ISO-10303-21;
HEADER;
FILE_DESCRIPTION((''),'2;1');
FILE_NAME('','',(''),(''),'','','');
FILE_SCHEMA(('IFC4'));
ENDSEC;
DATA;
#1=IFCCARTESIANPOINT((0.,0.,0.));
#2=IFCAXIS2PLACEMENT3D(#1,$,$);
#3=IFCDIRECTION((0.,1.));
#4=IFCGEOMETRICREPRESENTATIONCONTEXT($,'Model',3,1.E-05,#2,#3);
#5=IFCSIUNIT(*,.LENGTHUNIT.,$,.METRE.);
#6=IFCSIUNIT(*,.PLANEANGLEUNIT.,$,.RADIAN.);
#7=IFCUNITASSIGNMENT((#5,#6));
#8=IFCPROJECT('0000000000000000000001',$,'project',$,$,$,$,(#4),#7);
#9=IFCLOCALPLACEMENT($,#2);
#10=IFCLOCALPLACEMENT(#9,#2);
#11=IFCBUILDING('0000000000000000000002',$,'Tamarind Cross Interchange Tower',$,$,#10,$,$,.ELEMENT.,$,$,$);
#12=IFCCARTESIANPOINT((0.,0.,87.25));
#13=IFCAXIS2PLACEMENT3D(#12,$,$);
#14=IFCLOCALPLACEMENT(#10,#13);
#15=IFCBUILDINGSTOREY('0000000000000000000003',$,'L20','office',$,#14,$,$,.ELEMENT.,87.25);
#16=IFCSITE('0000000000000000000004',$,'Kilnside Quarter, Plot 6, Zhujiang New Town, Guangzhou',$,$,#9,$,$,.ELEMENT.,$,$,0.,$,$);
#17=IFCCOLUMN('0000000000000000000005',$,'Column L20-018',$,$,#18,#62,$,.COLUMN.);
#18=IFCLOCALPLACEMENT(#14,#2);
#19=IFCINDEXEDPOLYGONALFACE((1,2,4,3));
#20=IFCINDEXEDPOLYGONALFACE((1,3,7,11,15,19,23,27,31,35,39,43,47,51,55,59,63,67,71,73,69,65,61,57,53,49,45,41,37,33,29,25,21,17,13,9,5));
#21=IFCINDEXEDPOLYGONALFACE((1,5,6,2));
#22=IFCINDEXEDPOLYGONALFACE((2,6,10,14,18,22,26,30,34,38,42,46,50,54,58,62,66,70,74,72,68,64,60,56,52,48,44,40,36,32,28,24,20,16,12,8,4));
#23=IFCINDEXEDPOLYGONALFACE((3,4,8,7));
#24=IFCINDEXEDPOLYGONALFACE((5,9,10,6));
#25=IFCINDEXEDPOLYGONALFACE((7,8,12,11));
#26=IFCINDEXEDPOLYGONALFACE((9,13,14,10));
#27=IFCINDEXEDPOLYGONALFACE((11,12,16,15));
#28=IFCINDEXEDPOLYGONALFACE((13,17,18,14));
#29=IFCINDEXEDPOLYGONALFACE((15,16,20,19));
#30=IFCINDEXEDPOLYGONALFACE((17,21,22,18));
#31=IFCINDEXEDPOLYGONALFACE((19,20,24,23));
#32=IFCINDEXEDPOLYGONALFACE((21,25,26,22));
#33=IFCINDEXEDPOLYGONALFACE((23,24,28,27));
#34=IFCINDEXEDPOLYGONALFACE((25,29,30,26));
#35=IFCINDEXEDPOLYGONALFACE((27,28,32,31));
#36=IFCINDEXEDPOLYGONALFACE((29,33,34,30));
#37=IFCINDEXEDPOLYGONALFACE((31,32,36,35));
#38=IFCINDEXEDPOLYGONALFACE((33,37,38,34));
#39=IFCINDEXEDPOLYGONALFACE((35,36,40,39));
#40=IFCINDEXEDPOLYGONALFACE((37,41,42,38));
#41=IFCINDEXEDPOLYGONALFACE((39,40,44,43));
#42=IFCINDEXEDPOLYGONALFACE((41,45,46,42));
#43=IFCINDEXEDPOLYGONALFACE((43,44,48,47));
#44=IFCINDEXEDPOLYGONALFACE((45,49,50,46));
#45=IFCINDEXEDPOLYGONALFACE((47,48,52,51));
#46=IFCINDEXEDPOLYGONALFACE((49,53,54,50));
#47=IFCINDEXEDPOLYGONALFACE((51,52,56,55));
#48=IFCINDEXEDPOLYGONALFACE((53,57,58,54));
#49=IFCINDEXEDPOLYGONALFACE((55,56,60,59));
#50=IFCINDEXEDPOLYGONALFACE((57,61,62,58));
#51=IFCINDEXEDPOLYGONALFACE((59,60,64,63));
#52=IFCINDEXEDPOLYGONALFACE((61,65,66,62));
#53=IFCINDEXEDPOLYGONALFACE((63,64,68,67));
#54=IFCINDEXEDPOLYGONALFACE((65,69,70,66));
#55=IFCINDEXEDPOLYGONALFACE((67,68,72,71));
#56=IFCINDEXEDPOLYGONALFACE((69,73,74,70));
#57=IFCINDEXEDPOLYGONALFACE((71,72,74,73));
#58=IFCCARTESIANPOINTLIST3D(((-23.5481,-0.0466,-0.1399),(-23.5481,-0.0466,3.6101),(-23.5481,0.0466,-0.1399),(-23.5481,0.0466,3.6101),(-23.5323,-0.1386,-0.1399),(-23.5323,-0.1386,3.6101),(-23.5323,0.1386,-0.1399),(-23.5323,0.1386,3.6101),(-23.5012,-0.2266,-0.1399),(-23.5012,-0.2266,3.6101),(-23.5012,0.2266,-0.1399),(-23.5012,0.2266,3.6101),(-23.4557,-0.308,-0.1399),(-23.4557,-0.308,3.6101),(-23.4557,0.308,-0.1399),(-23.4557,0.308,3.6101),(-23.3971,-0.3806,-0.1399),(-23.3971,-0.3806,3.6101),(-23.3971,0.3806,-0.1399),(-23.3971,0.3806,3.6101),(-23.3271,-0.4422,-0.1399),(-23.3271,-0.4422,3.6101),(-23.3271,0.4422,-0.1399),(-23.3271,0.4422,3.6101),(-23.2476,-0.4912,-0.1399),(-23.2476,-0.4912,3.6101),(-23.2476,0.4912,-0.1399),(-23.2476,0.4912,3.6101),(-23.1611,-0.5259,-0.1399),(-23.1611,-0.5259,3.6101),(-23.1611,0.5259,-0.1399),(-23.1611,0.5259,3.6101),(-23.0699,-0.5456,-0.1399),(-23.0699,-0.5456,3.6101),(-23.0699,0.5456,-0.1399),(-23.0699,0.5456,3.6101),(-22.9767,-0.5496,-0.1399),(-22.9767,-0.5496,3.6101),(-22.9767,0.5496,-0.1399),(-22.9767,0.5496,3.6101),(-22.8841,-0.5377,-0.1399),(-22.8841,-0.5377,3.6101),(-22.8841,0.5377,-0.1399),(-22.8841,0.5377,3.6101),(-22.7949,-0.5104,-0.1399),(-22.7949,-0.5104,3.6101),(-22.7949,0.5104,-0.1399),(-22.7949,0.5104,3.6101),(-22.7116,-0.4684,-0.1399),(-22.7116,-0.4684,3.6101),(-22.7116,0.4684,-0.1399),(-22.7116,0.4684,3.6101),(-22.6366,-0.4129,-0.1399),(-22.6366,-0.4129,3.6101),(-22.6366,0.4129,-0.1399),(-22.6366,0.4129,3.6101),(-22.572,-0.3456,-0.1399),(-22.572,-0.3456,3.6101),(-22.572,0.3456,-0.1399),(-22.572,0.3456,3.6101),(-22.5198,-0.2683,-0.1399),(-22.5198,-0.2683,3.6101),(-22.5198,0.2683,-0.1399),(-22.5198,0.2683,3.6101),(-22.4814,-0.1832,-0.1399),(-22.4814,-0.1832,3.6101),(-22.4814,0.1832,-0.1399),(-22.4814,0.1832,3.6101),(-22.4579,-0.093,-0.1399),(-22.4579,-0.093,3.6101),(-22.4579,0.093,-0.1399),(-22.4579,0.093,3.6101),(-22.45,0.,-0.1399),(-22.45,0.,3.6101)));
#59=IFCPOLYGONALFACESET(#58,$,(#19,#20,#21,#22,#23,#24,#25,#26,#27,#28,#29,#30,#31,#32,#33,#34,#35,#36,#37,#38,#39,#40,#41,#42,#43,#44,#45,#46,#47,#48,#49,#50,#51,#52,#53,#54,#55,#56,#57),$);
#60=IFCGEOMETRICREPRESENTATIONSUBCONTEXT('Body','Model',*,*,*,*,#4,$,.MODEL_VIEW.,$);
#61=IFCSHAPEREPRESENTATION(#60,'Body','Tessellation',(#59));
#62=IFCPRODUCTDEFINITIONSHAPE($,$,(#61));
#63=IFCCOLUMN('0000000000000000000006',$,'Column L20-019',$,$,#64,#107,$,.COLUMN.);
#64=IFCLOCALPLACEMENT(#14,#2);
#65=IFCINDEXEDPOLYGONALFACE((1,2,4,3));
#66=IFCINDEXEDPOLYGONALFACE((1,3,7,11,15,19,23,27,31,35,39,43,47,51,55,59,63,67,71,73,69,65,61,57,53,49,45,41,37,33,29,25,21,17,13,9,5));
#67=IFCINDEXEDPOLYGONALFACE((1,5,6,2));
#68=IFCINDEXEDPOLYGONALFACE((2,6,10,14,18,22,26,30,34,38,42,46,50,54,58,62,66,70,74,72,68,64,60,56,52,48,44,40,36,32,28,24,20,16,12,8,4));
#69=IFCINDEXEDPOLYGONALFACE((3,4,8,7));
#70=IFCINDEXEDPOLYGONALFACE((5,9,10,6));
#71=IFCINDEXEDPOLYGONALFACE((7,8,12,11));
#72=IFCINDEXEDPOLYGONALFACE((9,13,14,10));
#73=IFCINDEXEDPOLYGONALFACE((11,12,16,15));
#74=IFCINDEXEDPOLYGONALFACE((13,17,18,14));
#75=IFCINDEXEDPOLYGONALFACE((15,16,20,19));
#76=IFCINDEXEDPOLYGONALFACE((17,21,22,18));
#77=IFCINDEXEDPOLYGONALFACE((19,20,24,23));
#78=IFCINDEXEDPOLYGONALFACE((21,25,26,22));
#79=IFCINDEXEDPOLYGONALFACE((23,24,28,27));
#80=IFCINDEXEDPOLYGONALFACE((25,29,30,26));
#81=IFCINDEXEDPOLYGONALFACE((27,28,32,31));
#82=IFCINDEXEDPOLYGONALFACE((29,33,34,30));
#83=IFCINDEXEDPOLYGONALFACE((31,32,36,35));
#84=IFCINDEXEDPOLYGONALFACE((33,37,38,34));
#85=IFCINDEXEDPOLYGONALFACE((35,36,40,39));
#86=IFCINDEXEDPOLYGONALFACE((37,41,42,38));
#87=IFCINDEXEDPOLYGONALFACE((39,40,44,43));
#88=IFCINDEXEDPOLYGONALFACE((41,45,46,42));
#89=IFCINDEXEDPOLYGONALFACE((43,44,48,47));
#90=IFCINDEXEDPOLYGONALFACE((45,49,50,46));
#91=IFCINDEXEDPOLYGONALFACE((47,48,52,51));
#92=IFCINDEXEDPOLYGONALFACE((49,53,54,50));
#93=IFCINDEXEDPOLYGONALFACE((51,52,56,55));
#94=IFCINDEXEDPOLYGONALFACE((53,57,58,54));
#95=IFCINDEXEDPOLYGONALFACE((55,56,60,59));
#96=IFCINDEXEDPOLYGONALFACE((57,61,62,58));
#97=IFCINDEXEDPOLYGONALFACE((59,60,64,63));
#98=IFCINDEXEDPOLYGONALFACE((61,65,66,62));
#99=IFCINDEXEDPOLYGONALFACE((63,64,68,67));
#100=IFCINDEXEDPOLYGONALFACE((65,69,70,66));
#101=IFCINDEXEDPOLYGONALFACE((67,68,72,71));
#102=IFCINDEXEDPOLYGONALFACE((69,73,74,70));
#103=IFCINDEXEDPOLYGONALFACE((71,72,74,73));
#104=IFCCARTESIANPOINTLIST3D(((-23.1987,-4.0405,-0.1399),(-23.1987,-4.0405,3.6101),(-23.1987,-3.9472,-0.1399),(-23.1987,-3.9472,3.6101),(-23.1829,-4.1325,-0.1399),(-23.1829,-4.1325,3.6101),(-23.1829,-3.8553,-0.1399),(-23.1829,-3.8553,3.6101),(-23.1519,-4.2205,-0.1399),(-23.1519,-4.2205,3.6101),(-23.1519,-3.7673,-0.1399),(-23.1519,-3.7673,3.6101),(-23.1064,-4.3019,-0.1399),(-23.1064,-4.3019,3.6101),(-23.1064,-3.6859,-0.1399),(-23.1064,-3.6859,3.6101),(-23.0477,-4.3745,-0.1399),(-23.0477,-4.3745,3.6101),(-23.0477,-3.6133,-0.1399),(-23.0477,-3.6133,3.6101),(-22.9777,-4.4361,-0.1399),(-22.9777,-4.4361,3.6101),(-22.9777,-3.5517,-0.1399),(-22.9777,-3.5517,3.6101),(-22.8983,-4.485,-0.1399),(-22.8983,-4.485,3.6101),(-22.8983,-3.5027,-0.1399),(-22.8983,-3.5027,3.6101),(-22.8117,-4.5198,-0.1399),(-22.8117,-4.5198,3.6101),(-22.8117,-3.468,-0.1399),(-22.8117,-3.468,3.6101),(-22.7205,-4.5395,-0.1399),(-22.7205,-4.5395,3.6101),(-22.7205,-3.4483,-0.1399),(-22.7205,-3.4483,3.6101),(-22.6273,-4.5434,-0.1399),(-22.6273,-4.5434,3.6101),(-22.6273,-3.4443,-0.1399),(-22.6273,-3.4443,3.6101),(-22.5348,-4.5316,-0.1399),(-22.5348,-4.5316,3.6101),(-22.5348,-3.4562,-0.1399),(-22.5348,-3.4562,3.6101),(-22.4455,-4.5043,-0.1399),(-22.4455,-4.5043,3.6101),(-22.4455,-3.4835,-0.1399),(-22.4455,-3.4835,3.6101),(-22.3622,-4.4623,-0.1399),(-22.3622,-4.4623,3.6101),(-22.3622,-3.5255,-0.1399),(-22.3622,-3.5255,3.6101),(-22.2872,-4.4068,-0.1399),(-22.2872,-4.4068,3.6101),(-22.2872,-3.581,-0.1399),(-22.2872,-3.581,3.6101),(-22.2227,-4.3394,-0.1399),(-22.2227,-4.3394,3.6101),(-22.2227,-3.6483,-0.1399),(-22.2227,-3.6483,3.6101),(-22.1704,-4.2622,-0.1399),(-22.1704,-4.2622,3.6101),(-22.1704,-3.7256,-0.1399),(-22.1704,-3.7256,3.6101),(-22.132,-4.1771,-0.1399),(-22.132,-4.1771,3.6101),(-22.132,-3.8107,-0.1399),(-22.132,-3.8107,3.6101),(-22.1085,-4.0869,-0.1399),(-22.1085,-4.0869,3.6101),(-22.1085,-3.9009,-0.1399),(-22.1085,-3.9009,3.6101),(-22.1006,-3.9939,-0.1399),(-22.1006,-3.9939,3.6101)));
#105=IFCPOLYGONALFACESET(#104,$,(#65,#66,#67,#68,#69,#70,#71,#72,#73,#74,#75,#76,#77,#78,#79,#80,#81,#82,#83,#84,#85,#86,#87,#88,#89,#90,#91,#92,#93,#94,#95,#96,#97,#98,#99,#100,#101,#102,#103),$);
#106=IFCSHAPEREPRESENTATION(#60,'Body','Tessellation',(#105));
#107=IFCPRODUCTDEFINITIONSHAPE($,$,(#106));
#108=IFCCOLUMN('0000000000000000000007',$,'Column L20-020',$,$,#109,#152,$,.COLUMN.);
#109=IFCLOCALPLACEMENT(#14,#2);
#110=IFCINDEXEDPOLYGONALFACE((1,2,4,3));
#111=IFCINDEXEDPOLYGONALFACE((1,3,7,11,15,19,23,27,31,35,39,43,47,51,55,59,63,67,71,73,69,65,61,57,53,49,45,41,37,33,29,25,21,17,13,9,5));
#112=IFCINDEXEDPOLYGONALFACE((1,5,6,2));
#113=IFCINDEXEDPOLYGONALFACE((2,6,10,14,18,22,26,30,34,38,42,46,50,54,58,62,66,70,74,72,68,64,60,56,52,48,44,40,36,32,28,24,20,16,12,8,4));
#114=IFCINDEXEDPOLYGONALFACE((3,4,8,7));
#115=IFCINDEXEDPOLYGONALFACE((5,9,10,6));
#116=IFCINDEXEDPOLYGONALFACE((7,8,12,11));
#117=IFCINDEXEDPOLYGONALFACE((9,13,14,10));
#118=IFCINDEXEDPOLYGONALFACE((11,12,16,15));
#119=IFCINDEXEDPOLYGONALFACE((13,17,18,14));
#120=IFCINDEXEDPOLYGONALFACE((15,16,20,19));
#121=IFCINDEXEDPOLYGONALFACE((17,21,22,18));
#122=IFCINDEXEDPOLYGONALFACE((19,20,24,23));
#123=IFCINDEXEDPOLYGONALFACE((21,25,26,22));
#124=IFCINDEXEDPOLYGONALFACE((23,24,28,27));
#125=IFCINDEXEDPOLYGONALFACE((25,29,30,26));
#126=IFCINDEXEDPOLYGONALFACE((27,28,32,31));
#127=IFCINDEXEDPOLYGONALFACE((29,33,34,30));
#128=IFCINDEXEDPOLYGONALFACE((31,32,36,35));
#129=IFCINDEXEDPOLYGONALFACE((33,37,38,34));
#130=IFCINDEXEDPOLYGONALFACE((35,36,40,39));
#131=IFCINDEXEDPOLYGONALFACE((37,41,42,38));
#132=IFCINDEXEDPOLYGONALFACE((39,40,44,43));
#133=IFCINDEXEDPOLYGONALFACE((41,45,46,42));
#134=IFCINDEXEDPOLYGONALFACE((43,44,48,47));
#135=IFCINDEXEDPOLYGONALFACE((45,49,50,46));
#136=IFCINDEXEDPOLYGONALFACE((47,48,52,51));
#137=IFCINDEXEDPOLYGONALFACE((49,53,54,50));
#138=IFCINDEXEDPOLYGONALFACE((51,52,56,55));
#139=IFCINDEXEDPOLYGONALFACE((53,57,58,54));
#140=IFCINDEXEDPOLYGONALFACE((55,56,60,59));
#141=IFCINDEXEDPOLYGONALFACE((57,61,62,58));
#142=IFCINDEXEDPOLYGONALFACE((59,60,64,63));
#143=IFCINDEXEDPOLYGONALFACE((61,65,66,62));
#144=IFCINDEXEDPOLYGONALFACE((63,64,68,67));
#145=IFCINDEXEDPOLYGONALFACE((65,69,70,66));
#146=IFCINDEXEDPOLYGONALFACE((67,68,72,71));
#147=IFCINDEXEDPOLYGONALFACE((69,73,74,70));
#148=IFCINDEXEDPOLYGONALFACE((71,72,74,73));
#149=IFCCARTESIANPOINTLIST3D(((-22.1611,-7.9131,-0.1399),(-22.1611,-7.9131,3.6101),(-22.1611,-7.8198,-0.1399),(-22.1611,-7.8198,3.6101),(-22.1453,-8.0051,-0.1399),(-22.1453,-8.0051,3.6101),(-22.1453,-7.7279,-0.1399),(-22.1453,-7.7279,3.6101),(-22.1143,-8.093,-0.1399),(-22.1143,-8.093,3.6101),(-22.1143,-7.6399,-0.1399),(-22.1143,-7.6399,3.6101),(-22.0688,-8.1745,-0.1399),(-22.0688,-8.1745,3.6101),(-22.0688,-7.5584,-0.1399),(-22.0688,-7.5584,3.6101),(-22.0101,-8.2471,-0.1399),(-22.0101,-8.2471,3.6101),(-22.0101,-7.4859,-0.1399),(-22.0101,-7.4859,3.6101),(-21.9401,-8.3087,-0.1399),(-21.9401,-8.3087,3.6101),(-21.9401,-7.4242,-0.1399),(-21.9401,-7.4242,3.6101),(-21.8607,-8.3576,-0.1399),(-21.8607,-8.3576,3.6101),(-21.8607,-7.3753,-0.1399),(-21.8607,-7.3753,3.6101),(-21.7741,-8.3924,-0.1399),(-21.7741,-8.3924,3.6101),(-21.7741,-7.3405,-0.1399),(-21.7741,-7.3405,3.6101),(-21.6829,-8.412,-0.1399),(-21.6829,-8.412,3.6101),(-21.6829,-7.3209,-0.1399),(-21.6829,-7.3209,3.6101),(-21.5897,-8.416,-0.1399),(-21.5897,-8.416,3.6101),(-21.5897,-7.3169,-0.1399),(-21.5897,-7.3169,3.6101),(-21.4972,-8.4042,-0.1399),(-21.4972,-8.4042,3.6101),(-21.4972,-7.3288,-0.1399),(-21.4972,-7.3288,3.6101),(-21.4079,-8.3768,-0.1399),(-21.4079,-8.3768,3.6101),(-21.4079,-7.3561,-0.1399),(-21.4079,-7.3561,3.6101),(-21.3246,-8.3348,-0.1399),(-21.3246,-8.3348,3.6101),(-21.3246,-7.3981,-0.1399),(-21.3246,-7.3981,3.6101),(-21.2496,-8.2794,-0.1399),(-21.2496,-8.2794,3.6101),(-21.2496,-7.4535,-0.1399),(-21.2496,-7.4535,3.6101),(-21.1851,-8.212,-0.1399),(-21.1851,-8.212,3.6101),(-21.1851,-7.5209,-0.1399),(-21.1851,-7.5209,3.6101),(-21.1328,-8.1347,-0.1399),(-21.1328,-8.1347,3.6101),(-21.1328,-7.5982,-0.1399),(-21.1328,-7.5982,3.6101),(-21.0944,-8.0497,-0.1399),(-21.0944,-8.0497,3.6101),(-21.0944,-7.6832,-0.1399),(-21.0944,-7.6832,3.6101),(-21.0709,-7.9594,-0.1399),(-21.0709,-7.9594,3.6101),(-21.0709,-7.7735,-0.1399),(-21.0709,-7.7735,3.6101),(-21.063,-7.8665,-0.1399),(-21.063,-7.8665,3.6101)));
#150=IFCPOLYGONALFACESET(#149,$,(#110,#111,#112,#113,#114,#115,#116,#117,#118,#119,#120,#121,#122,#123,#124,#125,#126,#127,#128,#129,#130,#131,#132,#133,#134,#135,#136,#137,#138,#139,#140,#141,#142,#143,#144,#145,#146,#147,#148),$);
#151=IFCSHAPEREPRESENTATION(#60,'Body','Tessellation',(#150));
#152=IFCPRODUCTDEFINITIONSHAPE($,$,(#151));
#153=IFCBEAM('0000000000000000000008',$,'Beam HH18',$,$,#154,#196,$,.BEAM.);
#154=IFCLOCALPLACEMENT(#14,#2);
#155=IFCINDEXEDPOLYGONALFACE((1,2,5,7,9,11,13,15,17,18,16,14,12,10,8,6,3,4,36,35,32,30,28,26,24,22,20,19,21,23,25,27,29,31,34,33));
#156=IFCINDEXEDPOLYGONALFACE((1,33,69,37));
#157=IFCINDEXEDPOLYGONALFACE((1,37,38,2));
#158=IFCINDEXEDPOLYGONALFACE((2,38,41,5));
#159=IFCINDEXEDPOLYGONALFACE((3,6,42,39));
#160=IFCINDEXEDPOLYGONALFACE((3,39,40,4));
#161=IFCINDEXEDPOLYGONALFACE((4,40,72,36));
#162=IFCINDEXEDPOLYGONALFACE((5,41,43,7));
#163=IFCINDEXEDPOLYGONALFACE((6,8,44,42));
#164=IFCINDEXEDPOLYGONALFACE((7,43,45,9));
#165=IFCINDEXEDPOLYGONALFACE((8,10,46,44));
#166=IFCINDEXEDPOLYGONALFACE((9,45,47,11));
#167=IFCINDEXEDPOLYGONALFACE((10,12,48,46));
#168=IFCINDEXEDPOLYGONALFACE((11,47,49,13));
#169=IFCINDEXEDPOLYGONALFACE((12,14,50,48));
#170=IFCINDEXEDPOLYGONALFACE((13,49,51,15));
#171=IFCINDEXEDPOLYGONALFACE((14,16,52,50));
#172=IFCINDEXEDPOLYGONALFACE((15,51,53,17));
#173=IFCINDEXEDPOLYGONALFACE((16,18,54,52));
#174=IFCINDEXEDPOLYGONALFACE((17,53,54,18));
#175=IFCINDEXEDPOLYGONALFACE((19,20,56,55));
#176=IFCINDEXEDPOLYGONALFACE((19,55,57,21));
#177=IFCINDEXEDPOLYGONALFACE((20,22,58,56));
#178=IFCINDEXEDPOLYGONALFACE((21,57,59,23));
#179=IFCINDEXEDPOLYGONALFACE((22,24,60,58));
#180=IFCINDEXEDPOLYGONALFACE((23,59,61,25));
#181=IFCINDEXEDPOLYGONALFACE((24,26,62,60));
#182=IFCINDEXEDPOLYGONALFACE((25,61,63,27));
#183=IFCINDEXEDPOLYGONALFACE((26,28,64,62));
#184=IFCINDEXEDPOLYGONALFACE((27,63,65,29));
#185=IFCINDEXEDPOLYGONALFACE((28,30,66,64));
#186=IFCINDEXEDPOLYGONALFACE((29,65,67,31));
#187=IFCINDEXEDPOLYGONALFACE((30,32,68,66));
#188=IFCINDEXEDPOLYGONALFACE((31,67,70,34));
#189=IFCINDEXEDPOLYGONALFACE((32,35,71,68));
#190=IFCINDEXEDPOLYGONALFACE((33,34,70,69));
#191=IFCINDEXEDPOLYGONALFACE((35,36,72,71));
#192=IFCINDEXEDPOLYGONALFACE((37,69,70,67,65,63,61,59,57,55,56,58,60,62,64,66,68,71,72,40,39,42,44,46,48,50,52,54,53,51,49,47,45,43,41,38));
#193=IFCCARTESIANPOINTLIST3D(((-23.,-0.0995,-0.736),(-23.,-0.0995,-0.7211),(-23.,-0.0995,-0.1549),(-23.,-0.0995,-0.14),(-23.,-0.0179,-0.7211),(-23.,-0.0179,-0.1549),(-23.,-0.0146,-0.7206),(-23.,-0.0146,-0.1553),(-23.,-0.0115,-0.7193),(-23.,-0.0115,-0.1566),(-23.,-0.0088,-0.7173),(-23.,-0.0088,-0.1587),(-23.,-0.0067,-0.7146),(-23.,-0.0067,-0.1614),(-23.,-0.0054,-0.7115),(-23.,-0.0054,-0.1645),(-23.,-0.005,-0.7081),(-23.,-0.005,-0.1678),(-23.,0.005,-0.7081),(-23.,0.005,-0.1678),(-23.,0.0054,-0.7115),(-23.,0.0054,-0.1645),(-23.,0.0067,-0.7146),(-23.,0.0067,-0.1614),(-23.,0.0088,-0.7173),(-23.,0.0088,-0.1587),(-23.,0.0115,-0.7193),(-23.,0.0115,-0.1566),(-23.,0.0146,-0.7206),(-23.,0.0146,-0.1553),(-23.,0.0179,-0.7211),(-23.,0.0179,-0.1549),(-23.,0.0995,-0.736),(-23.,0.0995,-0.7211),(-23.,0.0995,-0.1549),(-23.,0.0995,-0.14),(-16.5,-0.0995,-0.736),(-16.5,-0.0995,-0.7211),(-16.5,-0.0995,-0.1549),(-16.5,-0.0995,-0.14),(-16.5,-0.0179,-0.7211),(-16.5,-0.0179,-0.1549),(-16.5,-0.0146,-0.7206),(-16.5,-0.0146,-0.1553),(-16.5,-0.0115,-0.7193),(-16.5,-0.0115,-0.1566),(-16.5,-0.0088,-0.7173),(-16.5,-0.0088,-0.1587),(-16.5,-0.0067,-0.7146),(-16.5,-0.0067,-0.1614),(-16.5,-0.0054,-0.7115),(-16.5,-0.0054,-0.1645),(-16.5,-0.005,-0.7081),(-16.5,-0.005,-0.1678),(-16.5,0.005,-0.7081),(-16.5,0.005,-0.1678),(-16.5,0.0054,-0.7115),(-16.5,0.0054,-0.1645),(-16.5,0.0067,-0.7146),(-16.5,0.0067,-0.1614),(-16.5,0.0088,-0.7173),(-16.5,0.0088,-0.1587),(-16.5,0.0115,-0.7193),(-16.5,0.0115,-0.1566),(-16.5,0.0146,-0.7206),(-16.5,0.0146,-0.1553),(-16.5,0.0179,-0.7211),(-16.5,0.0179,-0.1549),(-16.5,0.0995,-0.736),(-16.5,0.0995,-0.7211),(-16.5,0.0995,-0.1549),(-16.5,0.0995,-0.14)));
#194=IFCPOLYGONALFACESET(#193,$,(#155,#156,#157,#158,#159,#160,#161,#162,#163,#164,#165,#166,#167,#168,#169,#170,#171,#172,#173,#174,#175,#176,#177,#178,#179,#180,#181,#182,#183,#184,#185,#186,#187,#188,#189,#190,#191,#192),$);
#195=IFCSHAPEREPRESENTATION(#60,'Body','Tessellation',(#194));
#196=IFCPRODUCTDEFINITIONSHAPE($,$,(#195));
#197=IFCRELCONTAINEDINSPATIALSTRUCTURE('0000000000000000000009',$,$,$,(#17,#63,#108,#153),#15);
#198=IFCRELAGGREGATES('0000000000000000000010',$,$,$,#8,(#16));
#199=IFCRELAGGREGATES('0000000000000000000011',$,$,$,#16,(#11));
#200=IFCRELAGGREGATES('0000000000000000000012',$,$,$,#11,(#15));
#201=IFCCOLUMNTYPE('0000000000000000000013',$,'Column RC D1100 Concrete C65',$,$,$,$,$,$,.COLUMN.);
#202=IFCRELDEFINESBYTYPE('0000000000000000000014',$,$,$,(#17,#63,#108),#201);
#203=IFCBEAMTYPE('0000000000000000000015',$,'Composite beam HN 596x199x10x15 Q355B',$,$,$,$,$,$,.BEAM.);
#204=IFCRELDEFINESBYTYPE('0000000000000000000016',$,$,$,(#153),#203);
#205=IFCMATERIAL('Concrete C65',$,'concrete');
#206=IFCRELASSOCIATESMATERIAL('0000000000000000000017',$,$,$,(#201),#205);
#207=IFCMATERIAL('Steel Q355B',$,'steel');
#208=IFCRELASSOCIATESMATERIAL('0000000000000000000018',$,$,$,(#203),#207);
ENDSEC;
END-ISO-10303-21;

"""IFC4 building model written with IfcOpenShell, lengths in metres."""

from ifc_helpers import new_model, si_unit, direction, frame, origin, origin_2d, place, context, subcontext, project, spatial, circle, i_section, extrude, material, material_profile, profile_set, type_object, element, save


model = new_model("IFC4")

# Units and contexts
model_context = context("Model", 3, precision=1e-05, world=origin(), true_north=direction((0.0, 1.0)))
body_context = subcontext(model_context, "Body", "Model", "MODEL_VIEW")
ifc_project = project(units=[si_unit("LENGTHUNIT", "METRE"), si_unit("PLANEANGLEUNIT", "RADIAN")], contexts=[model_context])

# Site, building, storey
site_placement = place(None, origin())
site = spatial("IfcSite", under=ifc_project, at=site_placement, Name="Kilnside Quarter, Plot 6, Zhujiang New Town, Guangzhou", CompositionType="ELEMENT", RefElevation=0.0)
building_placement = place(site_placement, origin())
building = spatial("IfcBuilding", under=site, at=building_placement, Name="Tamarind Cross Interchange Tower", CompositionType="ELEMENT")
storey_placement = place(building_placement, frame((0.0, 0.0, 87.25)))
storey = spatial("IfcBuildingStorey", under=building, at=storey_placement, Name="L20", Description="office", CompositionType="ELEMENT", Elevation=87.25)

# Columns
ifc_material_1 = material(Name="Concrete C65", Category="concrete")
ifc_material_profile_1 = material_profile(ifc_material_1, circle(Radius=0.55, at=origin_2d()), Name="RC D1100")
ifc_profile_set_1 = profile_set([ifc_material_profile_1], Name="Concrete C65")
column_type = type_object("IfcColumnType", Name="Column RC D1100 Concrete C65", PredefinedType="COLUMN", material=ifc_profile_set_1)
for number, where, z_axis, x_axis, name in (
    (1, (-23.0, 0.0, -0.1399), (0.0, 0.0, 1.0), (1.0, 0.0, 0.0), "Column L20-018"),
    (2, (-22.6506, -3.9939, -0.1399), (0.0, 0.0, 1.0), (1.0, 0.0, 0.0), "Column L20-019"),
    (3, (-21.613, -7.8665, -0.1399), (0.0, 0.0, 1.0), (1.0, 0.0, 0.0), "Column L20-020"),
):
    element("IfcColumn", number, at=place(storey_placement, frame(where, z_axis=z_axis, x_axis=x_axis)), inside=storey, type_object=column_type, Name=name, PredefinedType="COLUMN", context=body_context, shape_type="SweptSolid", body=[
        extrude(circle(Radius=0.55, at=origin_2d()), origin(), (0.0, 0.0, 1.0), 3.75),
    ])

# Beam
ifc_material_2 = material(Name="Steel Q355B", Category="steel")
ifc_material_profile_2 = material_profile(ifc_material_2, i_section(OverallWidth=0.199, OverallDepth=0.5959, WebThickness=0.01, FlangeThickness=0.0149, FilletRadius=0.0129, at=origin_2d()), Name="HN 596x199x10x15")
ifc_profile_set_2 = profile_set([ifc_material_profile_2], Name="Steel Q355B")
beam_type = type_object("IfcBeamType", Name="Composite beam HN 596x199x10x15 Q355B", PredefinedType="BEAM", material=ifc_profile_set_2)
beam_1_placement = place(storey_placement, frame((-23.0, 0.0, -0.438), z_axis=(1.0, 0.0, 0.0), x_axis=(0.0, 1.0, 0.0)))
element("IfcBeam", 4, at=beam_1_placement, inside=storey, type_object=beam_type, Name="Beam HH18", PredefinedType="BEAM", context=body_context, shape_type="SweptSolid", body=[
    extrude(i_section(OverallWidth=0.199, OverallDepth=0.5959, WebThickness=0.01, FlangeThickness=0.0149, FilletRadius=0.0129, at=origin_2d()), origin(), (0.0, 0.0, 1.0), 6.5),
])

save(model, "model.ifc")
